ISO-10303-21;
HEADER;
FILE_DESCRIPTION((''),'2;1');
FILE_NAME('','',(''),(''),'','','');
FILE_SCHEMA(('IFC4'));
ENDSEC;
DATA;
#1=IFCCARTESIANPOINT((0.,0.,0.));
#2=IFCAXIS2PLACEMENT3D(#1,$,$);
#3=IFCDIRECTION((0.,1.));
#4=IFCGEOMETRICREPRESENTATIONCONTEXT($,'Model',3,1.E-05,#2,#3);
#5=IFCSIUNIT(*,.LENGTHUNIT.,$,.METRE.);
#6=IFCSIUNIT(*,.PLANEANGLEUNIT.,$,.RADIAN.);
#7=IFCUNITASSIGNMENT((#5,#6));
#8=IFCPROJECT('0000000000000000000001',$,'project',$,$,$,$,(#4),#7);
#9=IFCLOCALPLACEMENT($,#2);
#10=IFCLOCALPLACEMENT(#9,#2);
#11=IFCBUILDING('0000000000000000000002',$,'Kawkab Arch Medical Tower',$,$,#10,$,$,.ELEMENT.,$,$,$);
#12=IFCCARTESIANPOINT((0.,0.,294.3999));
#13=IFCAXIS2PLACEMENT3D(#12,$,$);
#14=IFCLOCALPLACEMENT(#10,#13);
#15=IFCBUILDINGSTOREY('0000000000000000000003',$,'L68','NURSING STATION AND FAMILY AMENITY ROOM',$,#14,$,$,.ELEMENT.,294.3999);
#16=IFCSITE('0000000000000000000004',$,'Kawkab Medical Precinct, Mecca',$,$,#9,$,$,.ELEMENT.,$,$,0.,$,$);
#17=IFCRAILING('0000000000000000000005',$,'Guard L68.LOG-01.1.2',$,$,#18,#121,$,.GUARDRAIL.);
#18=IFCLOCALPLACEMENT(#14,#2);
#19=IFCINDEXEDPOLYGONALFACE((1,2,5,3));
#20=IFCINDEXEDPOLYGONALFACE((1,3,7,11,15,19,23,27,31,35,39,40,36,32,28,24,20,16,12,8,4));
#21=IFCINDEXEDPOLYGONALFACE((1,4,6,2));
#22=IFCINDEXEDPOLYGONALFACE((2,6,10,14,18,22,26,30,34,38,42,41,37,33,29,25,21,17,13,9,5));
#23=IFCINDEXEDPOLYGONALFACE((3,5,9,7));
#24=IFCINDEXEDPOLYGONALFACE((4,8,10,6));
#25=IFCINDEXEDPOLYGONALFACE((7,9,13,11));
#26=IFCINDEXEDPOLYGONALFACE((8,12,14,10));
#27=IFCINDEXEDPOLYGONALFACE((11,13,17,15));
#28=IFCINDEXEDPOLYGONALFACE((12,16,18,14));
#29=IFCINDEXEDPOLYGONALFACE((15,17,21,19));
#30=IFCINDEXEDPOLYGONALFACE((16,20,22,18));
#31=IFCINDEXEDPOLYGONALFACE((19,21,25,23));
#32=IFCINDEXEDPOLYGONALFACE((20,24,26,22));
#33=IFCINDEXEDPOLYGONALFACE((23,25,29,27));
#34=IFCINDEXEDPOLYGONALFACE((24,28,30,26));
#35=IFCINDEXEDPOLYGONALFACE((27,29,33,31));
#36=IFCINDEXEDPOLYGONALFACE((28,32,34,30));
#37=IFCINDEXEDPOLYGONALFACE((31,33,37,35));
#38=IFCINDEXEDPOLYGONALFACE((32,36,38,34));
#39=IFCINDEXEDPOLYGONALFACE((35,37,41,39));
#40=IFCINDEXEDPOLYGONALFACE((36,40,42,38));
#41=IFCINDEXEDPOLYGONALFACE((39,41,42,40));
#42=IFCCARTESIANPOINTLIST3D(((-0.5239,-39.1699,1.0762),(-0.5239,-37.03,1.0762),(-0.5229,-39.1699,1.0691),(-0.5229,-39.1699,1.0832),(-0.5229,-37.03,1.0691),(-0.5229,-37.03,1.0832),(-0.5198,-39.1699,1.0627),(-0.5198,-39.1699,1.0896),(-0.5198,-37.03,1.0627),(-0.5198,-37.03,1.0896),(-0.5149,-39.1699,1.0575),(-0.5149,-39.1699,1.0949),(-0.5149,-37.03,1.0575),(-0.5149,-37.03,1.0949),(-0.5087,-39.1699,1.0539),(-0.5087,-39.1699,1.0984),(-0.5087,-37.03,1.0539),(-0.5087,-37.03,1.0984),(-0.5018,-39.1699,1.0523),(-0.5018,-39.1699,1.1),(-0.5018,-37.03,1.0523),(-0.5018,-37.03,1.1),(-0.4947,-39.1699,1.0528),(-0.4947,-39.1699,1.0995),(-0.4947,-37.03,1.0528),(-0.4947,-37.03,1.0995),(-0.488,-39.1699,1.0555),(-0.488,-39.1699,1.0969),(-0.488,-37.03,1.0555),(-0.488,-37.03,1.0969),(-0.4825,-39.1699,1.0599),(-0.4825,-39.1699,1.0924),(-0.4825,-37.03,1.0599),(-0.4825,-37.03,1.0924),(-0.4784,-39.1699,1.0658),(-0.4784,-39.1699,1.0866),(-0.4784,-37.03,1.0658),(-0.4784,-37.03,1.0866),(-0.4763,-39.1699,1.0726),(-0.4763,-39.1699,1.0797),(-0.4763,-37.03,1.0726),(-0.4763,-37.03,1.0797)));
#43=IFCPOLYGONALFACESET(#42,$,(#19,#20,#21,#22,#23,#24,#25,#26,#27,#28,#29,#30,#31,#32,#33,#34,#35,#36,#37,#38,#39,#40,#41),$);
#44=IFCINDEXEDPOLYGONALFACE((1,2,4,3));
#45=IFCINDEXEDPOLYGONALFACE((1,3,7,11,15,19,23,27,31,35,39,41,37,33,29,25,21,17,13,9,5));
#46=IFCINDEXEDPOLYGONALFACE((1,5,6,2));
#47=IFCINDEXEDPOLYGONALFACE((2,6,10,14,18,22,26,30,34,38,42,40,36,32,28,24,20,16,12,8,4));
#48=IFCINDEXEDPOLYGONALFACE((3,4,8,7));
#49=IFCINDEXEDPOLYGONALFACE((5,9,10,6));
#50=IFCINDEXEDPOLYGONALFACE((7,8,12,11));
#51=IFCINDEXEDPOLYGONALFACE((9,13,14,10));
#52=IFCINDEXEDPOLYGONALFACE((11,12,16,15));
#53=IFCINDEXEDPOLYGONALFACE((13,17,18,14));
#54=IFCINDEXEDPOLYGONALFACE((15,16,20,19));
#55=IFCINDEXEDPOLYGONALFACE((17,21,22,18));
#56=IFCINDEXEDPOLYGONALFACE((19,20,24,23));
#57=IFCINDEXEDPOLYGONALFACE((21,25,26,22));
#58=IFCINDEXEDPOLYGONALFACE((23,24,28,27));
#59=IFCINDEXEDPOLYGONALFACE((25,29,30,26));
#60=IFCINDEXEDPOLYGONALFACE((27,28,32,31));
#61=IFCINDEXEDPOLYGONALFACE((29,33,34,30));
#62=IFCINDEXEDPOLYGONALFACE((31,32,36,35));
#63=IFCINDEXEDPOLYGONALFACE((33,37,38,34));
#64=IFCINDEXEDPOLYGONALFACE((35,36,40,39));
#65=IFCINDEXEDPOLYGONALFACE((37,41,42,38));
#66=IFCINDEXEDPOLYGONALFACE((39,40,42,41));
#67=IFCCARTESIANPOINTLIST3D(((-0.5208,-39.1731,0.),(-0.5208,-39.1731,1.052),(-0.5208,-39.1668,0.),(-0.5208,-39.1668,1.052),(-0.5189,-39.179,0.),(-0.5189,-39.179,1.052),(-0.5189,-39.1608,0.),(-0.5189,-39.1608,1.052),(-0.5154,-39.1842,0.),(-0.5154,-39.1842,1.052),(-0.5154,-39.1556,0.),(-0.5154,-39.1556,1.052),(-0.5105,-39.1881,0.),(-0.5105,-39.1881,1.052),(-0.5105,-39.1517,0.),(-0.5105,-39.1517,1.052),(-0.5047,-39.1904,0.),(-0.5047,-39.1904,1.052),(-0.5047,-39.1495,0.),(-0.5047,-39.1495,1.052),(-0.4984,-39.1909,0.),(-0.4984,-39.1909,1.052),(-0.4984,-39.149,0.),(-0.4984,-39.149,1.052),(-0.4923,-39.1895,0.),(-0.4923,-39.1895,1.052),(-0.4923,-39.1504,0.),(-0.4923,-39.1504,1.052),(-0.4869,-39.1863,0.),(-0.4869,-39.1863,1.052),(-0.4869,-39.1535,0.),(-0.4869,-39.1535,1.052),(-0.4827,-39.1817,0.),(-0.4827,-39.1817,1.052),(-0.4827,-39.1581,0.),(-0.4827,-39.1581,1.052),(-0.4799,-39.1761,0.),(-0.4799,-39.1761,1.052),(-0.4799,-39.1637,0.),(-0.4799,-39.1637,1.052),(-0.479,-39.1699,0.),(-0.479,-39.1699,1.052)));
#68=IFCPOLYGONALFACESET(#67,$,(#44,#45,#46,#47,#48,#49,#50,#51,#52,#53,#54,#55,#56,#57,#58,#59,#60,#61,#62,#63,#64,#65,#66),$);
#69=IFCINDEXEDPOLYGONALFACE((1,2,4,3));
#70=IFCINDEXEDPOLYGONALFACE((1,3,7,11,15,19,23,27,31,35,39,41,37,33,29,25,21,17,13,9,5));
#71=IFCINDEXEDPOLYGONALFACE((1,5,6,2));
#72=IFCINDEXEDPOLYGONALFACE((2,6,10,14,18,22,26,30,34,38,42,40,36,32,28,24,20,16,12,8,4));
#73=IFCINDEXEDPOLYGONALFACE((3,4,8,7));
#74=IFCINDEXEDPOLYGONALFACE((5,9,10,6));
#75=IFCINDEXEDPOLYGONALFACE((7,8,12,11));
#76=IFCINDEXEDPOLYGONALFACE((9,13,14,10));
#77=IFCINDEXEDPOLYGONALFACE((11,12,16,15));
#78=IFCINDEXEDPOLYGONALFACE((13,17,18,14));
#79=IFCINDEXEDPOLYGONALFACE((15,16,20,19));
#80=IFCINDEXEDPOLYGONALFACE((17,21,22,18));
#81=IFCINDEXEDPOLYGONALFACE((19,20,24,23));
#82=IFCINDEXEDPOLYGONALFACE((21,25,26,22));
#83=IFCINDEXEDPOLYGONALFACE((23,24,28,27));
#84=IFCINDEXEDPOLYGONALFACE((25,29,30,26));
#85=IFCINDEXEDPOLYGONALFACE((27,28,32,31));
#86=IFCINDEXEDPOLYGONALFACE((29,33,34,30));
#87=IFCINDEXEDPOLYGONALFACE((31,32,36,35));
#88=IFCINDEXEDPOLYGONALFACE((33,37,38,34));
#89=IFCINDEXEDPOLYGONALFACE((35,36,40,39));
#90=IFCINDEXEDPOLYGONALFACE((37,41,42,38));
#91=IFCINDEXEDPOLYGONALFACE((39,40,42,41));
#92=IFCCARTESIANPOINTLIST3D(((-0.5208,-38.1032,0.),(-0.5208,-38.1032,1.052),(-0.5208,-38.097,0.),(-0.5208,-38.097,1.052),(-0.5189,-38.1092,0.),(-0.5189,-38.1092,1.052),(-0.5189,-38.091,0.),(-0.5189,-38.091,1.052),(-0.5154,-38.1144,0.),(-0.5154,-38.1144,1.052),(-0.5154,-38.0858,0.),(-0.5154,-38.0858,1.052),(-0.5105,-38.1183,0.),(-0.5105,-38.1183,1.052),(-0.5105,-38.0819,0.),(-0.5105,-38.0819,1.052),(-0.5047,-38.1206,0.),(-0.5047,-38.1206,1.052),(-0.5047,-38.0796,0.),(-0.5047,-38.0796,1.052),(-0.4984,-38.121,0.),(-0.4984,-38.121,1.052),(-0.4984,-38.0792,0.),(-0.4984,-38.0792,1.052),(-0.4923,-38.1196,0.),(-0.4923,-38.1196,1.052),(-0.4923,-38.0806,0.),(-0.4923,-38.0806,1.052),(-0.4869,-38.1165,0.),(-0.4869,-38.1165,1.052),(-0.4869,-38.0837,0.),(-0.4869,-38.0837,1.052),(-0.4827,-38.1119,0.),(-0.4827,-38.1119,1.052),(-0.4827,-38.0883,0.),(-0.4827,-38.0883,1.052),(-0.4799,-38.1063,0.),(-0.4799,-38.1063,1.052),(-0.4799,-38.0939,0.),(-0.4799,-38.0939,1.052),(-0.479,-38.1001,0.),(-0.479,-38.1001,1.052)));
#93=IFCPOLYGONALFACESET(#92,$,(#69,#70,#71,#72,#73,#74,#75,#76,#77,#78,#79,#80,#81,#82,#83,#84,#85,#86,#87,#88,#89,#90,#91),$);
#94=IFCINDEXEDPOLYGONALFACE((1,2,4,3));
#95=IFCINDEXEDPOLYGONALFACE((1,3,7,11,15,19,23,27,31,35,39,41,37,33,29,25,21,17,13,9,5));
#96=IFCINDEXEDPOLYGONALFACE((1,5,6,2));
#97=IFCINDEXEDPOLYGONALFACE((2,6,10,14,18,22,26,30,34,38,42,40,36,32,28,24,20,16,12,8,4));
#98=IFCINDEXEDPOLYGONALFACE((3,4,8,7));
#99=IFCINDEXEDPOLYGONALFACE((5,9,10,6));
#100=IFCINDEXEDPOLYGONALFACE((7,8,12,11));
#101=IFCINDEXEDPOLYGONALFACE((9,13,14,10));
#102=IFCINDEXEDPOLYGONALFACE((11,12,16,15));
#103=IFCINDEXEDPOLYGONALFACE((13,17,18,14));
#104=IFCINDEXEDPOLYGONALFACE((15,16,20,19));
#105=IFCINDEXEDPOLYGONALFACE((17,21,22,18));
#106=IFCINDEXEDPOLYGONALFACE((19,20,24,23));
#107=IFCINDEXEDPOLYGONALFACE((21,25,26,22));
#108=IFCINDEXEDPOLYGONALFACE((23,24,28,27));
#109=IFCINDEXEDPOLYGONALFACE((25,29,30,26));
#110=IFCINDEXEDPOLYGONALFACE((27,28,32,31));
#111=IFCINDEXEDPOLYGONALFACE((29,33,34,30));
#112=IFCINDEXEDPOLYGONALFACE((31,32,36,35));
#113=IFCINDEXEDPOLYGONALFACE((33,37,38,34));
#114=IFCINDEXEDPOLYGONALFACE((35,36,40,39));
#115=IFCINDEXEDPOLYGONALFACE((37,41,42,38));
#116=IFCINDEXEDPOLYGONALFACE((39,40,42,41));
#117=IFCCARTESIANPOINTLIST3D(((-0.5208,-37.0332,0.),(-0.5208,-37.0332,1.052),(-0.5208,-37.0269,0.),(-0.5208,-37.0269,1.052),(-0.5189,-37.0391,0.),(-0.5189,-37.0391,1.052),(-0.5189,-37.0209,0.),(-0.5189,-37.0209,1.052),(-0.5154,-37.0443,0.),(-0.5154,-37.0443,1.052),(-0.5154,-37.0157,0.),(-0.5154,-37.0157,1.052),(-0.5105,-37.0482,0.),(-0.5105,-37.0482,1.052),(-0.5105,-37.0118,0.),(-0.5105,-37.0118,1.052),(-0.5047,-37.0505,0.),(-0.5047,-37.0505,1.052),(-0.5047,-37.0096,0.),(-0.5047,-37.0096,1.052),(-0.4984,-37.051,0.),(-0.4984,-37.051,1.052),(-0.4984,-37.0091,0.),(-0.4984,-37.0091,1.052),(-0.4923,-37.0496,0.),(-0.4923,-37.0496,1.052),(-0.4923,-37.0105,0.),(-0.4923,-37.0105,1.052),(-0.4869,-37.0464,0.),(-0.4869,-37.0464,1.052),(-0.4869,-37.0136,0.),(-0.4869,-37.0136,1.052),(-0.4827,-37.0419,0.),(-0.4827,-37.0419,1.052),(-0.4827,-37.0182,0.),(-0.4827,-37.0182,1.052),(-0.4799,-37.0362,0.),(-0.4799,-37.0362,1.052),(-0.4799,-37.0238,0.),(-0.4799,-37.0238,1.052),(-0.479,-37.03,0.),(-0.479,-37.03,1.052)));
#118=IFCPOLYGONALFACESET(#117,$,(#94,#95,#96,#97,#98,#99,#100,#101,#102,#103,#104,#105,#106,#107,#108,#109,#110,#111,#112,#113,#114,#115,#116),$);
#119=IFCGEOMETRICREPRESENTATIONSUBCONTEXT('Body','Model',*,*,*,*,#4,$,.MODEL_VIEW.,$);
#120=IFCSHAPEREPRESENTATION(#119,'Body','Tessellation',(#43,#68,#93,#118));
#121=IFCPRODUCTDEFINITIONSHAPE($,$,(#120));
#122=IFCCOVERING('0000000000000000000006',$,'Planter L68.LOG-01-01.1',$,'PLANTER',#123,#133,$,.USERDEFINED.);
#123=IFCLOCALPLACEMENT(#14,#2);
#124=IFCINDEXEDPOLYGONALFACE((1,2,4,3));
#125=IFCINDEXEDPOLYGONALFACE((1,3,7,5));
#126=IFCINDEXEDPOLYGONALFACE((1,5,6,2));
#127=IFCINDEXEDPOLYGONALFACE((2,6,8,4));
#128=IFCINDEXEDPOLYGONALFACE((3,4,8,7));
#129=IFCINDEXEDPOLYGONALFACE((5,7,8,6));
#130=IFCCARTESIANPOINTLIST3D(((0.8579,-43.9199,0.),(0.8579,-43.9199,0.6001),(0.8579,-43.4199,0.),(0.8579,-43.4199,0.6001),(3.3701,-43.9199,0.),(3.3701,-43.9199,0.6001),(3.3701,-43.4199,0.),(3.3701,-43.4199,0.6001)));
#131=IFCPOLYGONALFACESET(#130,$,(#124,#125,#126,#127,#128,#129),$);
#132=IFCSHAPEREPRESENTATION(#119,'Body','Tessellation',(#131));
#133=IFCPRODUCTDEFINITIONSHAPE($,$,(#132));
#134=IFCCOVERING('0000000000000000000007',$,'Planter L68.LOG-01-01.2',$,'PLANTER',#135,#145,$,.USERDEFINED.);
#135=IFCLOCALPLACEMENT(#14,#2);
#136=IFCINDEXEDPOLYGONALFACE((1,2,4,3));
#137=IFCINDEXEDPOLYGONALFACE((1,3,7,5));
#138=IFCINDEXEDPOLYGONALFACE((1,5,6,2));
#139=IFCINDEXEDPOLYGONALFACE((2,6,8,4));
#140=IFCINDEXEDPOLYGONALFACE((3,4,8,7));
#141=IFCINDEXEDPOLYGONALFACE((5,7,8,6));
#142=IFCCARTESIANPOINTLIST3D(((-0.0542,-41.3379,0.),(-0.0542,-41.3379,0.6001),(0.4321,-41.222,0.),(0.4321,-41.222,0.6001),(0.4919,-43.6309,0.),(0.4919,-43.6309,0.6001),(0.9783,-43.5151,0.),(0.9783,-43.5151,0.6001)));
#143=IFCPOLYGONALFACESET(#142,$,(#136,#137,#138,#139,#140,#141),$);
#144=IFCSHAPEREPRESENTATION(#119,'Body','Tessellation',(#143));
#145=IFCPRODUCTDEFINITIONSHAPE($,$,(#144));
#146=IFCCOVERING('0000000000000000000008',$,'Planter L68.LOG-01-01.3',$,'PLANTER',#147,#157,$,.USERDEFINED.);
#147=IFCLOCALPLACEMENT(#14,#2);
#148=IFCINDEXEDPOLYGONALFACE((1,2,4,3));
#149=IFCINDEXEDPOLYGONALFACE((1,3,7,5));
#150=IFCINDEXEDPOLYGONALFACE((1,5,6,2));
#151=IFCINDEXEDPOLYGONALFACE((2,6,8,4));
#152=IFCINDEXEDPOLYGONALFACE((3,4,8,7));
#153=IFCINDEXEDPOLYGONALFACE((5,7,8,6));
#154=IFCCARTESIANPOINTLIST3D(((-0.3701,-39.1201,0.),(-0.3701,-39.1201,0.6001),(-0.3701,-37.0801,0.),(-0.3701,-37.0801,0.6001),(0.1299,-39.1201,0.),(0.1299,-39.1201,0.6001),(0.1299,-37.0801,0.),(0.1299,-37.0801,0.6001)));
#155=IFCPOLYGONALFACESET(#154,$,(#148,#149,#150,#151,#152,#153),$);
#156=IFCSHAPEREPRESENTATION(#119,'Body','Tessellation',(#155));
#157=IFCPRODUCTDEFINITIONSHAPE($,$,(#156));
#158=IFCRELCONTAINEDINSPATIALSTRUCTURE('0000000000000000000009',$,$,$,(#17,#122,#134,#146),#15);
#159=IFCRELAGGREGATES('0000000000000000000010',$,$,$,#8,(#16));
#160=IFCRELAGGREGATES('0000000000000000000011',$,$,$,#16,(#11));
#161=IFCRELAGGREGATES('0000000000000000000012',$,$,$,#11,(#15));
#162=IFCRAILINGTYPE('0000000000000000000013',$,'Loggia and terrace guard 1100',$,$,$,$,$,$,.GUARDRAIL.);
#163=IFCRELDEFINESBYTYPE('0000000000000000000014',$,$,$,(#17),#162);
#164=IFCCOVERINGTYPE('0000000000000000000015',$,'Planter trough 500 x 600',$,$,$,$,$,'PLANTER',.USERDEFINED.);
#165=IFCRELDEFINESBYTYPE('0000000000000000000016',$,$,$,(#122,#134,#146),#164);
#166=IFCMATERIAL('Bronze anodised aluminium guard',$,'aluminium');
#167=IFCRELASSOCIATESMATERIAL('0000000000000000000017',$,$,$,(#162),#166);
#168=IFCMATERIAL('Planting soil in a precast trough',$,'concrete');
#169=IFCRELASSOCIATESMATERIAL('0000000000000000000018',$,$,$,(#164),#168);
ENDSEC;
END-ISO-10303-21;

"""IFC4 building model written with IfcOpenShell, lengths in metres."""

from ifc_helpers import new_model, si_unit, direction, frame, origin, origin_2d, place, context, subcontext, project, spatial, rectangle, circle, extrude, material, material_profile, profile_set, type_object, element, save


model = new_model("IFC4")

# Units and contexts
model_context = context("Model", 3, precision=1e-05, world=origin(), true_north=direction((0.0, 1.0)))
body_context = subcontext(model_context, "Body", "Model", "MODEL_VIEW")
ifc_project = project(units=[si_unit("LENGTHUNIT", "METRE"), si_unit("PLANEANGLEUNIT", "RADIAN")], contexts=[model_context])

# Site, building, storey
site_placement = place(None, origin())
site = spatial("IfcSite", under=ifc_project, at=site_placement, Name="Kawkab Medical Precinct, Mecca", CompositionType="ELEMENT", RefElevation=0.0)
building_placement = place(site_placement, origin())
building = spatial("IfcBuilding", under=site, at=building_placement, Name="Kawkab Arch Medical Tower", CompositionType="ELEMENT")
storey_placement = place(building_placement, frame((0.0, 0.0, 294.3999)))
storey = spatial("IfcBuildingStorey", under=building, at=storey_placement, Name="L68", Description="NURSING STATION AND FAMILY AMENITY ROOM", CompositionType="ELEMENT", Elevation=294.3999)

# Railing
ifc_material_1 = material(Name="Bronze anodised aluminium guard", Category="aluminium")
railing_type_1 = type_object("IfcRailingType", Name="Loggia and terrace guard 1100", PredefinedType="GUARDRAIL", material=ifc_material_1)
railing_1_placement = place(storey_placement, frame((-0.5, -39.1699, 0.0)))
element("IfcRailing", 1, at=railing_1_placement, inside=storey, type_object=railing_type_1, Name="Guard L68.LOG-01.1.2", PredefinedType="GUARDRAIL", context=body_context, shape_type="SweptSolid", body=[
    extrude(circle(Radius=0.0239, at=origin_2d()), frame((0.0, 0.0, 1.0762), z_axis=(0.0, 1.0, 0.0), x_axis=(-1.0, 0.0, 0.0)), (0.0, 0.0, 1.0), 2.1399),
    extrude(circle(Radius=0.021, at=origin_2d()), origin(), (0.0, 0.0, 1.0), 1.052),
    extrude(circle(Radius=0.021, at=origin_2d()), frame((0.0, 1.0698, 0.0)), (0.0, 0.0, 1.0), 1.052),
    extrude(circle(Radius=0.021, at=origin_2d()), frame((0.0, 2.1399, 0.0)), (0.0, 0.0, 1.0), 1.052),
])

# Coverings
ifc_material_2 = material(Name="Planting soil in a precast trough", Category="concrete")
ifc_material_profile_1 = material_profile(ifc_material_2, rectangle(XDim=0.5, YDim=0.6001, at=origin_2d()), Name="Trough 500x600")
ifc_profile_set_1 = profile_set([ifc_material_profile_1], Name="Planting soil in a precast trough")
covering_type = type_object("IfcCoveringType", Name="Planter trough 500 x 600", ElementType="PLANTER", PredefinedType="USERDEFINED", material=ifc_profile_set_1)
covering_1_placement = place(storey_placement, frame((3.3701, -43.6699, 0.3), z_axis=(-1.0, 0.0, 0.0), x_axis=(0.0, -1.0, 0.0)))
element("IfcCovering", 2, at=covering_1_placement, inside=storey, type_object=covering_type, Name="Planter L68.LOG-01-01.1", ObjectType="PLANTER", PredefinedType="USERDEFINED", context=body_context, shape_type="SweptSolid", body=[
    extrude(rectangle(XDim=0.5, YDim=0.6001, at=origin_2d()), origin(), (0.0, 0.0, 1.0), 2.5122),
])
covering_2_placement = place(storey_placement, frame((0.7351, -43.573, 0.3), z_axis=(-0.2317, 0.972787, 0.0), x_axis=(-0.972787, -0.2317, 0.0)))
element("IfcCovering", 3, at=covering_2_placement, inside=storey, type_object=covering_type, Name="Planter L68.LOG-01-01.2", ObjectType="PLANTER", PredefinedType="USERDEFINED", context=body_context, shape_type="SweptSolid", body=[
    extrude(rectangle(XDim=0.5, YDim=0.6001, at=origin_2d()), origin(), (0.0, 0.0, 1.0), 2.3572),
])
covering_3_placement = place(storey_placement, frame((-0.1201, -39.1201, 0.3), z_axis=(0.0, 1.0, 0.0), x_axis=(-1.0, 0.0, 0.0)))
element("IfcCovering", 4, at=covering_3_placement, inside=storey, type_object=covering_type, Name="Planter L68.LOG-01-01.3", ObjectType="PLANTER", PredefinedType="USERDEFINED", context=body_context, shape_type="SweptSolid", body=[
    extrude(rectangle(XDim=0.5, YDim=0.6001, at=origin_2d()), origin(), (0.0, 0.0, 1.0), 2.04),
])

save(model, "model.ifc")
